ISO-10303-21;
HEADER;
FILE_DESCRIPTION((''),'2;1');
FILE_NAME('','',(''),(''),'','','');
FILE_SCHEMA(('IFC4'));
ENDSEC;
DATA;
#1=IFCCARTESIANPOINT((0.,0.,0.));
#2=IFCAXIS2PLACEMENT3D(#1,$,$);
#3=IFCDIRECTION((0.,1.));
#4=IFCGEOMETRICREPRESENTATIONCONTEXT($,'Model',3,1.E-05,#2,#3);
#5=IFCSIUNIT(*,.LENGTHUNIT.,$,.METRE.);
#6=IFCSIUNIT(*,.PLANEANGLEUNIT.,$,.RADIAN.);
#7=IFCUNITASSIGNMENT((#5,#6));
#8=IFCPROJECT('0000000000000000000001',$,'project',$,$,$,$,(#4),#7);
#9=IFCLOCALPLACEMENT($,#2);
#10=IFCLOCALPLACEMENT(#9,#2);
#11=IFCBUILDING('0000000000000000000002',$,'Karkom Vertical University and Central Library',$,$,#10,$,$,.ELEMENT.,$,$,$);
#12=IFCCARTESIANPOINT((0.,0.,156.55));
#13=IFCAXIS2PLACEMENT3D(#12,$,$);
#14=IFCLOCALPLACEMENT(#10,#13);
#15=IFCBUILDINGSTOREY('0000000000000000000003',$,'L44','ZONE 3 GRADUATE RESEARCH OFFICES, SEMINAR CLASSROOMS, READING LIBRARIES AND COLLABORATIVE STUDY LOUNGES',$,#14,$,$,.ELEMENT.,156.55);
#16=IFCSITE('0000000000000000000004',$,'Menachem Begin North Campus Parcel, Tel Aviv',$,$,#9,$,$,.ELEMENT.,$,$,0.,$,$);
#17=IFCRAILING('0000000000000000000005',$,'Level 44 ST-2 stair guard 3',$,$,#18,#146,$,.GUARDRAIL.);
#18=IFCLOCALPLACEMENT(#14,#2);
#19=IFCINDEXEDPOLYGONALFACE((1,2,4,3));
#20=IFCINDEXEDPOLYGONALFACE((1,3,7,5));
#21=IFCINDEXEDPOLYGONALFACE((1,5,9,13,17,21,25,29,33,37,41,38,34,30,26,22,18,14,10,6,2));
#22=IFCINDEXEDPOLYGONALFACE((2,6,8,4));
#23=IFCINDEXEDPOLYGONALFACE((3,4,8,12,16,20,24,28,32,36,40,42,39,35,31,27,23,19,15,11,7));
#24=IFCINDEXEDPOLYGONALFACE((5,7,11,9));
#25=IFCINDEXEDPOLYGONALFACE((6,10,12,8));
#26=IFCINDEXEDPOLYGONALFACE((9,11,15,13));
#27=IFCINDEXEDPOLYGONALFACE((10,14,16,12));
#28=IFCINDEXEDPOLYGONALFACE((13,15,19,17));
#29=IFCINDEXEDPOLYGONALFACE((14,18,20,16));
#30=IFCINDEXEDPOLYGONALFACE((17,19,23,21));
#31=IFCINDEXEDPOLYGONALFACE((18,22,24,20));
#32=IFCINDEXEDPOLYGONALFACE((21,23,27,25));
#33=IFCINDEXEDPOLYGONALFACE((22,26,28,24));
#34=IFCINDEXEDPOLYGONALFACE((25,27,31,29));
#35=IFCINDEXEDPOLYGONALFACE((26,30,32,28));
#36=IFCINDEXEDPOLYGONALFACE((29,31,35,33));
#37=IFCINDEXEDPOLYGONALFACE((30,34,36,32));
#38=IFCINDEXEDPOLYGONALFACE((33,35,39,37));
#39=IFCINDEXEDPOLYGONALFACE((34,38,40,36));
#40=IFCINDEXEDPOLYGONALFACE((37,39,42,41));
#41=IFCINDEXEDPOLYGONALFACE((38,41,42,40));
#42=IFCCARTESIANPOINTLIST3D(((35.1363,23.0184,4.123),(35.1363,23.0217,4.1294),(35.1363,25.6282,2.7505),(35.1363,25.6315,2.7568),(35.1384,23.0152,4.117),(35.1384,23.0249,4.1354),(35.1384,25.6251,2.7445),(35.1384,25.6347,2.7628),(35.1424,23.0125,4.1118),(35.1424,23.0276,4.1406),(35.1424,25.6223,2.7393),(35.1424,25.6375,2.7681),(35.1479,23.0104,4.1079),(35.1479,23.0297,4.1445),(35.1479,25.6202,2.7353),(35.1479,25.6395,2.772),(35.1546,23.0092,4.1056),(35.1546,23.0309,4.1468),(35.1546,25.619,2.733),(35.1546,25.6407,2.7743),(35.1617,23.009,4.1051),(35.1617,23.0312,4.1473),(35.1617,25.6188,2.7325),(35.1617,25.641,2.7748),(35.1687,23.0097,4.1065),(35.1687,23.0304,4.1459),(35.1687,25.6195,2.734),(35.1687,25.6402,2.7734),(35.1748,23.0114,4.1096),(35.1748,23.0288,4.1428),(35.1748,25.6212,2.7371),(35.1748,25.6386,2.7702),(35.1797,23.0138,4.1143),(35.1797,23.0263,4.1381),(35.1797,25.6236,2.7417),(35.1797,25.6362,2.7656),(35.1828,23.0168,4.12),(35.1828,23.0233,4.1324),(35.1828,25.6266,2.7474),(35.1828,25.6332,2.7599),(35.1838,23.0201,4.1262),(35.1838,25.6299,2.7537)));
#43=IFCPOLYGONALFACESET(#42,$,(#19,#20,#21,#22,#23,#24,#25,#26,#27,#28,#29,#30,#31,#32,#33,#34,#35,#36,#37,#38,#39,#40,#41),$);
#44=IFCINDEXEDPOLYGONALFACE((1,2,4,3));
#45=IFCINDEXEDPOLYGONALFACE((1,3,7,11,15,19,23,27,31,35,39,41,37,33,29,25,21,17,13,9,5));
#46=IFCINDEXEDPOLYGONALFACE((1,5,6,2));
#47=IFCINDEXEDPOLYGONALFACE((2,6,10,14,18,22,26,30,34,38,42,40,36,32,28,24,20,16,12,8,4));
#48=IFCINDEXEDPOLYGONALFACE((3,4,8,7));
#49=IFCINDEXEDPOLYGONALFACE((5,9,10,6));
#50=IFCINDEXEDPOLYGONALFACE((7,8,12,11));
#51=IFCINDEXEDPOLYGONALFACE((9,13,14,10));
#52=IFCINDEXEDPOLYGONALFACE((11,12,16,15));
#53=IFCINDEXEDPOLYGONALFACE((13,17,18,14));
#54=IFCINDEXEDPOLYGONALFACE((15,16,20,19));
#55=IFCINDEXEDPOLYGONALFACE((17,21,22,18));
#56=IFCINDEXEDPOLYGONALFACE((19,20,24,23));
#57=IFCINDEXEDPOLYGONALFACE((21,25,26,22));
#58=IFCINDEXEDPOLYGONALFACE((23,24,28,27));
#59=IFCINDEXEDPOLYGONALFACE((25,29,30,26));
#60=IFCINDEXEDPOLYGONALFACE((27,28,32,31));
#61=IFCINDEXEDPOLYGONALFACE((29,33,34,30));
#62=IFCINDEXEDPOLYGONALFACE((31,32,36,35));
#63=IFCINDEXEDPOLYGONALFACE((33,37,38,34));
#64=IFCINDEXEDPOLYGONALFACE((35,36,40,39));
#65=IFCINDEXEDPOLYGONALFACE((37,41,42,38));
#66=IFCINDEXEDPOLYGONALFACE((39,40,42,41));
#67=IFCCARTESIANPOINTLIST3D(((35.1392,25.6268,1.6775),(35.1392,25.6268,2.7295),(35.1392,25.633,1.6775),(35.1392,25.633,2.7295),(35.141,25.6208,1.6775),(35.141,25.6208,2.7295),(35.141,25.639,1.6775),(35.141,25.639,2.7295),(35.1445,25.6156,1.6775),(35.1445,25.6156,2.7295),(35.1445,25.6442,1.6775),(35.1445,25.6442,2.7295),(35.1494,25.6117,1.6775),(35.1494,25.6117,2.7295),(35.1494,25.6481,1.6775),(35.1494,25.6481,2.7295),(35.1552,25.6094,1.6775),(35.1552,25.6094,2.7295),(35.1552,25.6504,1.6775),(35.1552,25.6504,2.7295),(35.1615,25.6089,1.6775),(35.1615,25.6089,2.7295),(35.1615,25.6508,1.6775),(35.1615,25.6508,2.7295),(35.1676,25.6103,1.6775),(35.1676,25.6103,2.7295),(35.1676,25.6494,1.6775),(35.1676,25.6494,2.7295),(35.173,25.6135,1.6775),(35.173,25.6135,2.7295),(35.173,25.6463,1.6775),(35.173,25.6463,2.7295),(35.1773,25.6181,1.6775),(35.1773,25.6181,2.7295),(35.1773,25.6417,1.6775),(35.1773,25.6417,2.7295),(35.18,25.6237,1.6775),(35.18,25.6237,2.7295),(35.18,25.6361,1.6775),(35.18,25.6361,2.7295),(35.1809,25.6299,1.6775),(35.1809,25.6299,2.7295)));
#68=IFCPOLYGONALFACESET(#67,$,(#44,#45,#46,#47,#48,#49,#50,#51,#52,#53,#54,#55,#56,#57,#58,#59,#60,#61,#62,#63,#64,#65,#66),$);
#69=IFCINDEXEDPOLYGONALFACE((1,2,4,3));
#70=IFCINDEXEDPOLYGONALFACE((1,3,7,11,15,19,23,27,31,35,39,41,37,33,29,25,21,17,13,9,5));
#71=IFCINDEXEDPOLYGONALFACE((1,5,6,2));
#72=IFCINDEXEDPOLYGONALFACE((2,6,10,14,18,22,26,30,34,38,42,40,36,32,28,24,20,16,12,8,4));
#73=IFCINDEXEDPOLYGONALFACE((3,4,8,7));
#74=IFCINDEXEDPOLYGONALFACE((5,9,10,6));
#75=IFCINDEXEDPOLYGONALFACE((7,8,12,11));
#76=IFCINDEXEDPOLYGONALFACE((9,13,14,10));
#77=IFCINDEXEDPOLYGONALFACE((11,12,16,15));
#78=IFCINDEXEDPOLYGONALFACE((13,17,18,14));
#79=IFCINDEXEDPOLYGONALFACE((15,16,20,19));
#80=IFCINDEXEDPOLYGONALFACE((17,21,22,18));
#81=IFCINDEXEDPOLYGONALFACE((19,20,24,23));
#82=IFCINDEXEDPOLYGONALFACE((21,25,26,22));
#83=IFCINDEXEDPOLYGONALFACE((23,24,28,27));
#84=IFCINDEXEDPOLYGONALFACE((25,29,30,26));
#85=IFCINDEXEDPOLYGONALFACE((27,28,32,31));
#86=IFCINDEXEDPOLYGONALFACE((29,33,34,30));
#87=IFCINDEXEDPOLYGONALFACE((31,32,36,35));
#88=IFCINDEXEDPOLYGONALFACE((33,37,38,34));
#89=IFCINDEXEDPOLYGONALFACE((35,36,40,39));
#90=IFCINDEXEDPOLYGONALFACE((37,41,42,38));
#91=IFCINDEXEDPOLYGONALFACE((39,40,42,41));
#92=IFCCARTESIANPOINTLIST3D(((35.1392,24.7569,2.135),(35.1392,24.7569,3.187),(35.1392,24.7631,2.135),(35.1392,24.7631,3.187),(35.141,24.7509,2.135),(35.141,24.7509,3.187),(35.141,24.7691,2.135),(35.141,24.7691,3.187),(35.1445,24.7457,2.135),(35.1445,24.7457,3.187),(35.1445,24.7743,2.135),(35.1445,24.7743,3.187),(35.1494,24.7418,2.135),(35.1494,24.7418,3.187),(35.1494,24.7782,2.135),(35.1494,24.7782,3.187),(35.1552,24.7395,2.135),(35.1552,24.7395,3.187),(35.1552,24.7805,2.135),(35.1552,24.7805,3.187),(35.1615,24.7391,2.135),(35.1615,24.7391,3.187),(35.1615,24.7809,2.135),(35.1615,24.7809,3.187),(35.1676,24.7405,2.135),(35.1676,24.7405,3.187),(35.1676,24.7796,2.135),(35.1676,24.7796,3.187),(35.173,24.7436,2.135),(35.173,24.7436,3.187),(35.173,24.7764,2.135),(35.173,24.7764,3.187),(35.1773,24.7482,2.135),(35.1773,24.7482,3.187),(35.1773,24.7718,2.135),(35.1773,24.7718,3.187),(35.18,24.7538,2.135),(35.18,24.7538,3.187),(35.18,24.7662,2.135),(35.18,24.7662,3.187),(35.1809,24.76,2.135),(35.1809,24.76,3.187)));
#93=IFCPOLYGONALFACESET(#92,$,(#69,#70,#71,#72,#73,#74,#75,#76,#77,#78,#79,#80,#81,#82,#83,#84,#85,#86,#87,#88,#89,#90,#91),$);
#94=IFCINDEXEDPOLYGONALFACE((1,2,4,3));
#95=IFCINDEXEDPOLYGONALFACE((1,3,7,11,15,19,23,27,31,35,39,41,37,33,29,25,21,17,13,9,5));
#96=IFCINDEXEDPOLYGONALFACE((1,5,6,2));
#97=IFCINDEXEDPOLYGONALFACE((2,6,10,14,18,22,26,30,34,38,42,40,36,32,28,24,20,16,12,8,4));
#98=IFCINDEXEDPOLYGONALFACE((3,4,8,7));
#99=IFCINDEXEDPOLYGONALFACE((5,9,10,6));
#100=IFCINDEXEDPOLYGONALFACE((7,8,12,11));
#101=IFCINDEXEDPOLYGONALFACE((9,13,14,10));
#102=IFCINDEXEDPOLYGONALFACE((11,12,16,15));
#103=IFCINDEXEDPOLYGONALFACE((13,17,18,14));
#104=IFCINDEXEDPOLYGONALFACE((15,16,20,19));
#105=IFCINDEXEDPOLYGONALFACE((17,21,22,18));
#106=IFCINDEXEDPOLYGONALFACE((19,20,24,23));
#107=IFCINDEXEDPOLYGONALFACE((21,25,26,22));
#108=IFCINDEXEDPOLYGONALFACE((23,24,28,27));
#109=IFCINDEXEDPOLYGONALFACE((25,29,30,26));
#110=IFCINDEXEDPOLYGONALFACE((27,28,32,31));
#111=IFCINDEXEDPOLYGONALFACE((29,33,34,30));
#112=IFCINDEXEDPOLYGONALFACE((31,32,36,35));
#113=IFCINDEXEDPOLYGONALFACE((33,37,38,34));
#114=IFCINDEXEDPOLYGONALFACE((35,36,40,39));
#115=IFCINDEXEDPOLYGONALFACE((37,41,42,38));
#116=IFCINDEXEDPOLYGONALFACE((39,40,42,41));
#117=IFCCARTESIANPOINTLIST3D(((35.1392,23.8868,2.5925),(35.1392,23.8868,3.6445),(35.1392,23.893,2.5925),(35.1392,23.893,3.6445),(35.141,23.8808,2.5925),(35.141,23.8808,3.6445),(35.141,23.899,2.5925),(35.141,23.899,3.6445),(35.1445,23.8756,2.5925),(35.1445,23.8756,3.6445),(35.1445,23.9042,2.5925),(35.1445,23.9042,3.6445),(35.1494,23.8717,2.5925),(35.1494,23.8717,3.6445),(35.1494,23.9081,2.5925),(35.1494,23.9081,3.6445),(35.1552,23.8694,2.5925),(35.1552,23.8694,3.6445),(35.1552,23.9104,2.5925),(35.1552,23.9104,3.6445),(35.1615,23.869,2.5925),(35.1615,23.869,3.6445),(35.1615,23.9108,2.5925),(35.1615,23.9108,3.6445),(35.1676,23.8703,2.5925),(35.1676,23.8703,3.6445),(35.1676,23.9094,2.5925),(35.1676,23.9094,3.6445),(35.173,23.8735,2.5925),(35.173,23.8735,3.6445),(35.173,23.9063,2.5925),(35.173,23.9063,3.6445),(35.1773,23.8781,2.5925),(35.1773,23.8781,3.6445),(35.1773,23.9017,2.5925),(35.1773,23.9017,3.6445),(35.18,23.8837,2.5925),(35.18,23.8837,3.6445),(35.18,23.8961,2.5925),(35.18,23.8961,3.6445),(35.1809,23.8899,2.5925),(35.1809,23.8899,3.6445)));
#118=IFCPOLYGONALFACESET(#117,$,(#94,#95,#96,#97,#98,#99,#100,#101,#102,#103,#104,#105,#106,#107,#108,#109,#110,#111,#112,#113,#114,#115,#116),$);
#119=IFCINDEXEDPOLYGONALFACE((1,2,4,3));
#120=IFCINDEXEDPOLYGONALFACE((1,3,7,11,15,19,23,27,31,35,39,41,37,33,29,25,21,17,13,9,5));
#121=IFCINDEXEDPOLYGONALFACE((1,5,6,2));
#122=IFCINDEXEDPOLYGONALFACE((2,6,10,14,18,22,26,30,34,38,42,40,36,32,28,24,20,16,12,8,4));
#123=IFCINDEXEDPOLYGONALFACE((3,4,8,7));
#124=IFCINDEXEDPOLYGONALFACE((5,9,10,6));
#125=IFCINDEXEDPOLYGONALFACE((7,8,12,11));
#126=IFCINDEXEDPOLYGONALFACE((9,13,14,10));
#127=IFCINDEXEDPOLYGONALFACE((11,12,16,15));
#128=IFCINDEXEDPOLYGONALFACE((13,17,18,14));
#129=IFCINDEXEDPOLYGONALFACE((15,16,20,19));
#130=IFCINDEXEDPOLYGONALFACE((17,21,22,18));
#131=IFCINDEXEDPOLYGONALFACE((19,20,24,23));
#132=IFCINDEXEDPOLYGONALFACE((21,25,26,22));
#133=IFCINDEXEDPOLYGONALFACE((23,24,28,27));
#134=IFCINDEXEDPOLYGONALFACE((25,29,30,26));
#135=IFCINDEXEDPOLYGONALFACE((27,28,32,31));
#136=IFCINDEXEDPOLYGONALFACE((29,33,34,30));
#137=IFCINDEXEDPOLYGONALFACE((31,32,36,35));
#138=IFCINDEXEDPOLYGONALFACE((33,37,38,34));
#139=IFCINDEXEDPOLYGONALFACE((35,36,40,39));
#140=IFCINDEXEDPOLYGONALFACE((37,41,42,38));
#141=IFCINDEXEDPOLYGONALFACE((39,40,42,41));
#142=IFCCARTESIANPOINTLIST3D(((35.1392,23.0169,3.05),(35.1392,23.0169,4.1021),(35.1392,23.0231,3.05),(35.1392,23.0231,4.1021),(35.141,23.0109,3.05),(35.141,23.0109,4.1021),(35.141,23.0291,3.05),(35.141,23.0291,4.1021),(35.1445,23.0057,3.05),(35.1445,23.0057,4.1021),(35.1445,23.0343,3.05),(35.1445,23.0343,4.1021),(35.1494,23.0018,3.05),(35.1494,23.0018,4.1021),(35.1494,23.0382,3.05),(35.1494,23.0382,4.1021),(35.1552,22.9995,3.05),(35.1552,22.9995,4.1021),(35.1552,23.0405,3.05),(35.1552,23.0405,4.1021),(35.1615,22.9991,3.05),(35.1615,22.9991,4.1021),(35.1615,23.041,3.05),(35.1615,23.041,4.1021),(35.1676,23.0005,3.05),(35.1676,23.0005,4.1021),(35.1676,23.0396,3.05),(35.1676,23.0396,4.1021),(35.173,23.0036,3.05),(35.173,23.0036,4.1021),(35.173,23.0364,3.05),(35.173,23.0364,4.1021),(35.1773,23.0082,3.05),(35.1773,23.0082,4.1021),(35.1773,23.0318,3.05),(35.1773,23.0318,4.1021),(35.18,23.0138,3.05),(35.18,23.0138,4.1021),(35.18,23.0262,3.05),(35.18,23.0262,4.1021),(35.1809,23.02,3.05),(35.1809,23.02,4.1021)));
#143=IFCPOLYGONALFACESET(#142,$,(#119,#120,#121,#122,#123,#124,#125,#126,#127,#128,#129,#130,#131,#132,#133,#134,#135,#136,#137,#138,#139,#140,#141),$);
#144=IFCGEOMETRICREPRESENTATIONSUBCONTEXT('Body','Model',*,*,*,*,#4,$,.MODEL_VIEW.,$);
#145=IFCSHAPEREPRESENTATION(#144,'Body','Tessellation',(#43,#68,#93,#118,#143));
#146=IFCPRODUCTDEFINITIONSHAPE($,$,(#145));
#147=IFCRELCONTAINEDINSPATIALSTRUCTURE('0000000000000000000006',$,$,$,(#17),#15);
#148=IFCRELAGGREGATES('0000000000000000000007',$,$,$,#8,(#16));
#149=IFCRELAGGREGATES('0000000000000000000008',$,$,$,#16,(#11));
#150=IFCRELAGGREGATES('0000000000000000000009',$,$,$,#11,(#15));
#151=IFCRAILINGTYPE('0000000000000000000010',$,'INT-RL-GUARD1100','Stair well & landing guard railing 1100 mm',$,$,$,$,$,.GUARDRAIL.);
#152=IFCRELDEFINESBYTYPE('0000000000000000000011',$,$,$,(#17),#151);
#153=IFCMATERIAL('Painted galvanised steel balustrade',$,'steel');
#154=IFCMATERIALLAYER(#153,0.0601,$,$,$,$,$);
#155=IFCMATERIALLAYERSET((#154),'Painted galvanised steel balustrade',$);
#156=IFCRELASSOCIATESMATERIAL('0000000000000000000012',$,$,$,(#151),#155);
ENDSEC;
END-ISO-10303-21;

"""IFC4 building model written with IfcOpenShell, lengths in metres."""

from ifc_helpers import new_model, si_unit, direction, frame, origin, origin_2d, place, context, subcontext, project, spatial, circle, extrude, material, layer, layer_set, type_object, element, save


model = new_model("IFC4")

# Units and contexts
model_context = context("Model", 3, precision=1e-05, world=origin(), true_north=direction((0.0, 1.0)))
body_context = subcontext(model_context, "Body", "Model", "MODEL_VIEW")
ifc_project = project(units=[si_unit("LENGTHUNIT", "METRE"), si_unit("PLANEANGLEUNIT", "RADIAN")], contexts=[model_context])

# Site, building, storey
site_placement = place(None, origin())
site = spatial("IfcSite", under=ifc_project, at=site_placement, Name="Menachem Begin North Campus Parcel, Tel Aviv", CompositionType="ELEMENT", RefElevation=0.0)
building_placement = place(site_placement, origin())
building = spatial("IfcBuilding", under=site, at=building_placement, Name="Karkom Vertical University and Central Library", CompositionType="ELEMENT")
storey_placement = place(building_placement, frame((0.0, 0.0, 156.55)))
storey = spatial("IfcBuildingStorey", under=building, at=storey_placement, Name="L44", Description="ZONE 3 GRADUATE RESEARCH OFFICES, SEMINAR CLASSROOMS, READING LIBRARIES AND COLLABORATIVE STUDY LOUNGES", CompositionType="ELEMENT", Elevation=156.55)

# Railing
ifc_material_1 = material(Name="Painted galvanised steel balustrade", Category="steel")
ifc_layer_1 = layer(ifc_material_1, 0.0601)
ifc_layer_set_1 = layer_set([ifc_layer_1], Name="Painted galvanised steel balustrade")
railing_type_1 = type_object("IfcRailingType", Name="INT-RL-GUARD1100", Description="Stair well & landing guard railing 1100 mm", PredefinedType="GUARDRAIL", material=ifc_layer_set_1)
railing_1_placement = place(storey_placement, frame((35.1599, 25.6299, 1.6775)))
element("IfcRailing", 1, at=railing_1_placement, inside=storey, type_object=railing_type_1, Name="Level 44 ST-2 stair guard 3", PredefinedType="GUARDRAIL", context=body_context, shape_type="SweptSolid", body=[
    extrude(circle(Radius=0.0239, at=origin_2d()), frame((0.0, 0.0, 1.0762), z_axis=(0.0, -0.885065, 0.465467), x_axis=(1.0, 0.0, 0.0)), (0.0, 0.0, 1.0), 2.9487),
    extrude(circle(Radius=0.021, at=origin_2d()), origin(), (0.0, 0.0, 1.0), 1.052),
    extrude(circle(Radius=0.021, at=origin_2d()), frame((0.0, -0.8699, 0.4575)), (0.0, 0.0, 1.0), 1.052),
    extrude(circle(Radius=0.021, at=origin_2d()), frame((0.0, -1.74, 0.915)), (0.0, 0.0, 1.0), 1.052),
    extrude(circle(Radius=0.021, at=origin_2d()), frame((0.0, -2.6099, 1.3726)), (0.0, 0.0, 1.0), 1.052),
])

save(model, "model.ifc")
